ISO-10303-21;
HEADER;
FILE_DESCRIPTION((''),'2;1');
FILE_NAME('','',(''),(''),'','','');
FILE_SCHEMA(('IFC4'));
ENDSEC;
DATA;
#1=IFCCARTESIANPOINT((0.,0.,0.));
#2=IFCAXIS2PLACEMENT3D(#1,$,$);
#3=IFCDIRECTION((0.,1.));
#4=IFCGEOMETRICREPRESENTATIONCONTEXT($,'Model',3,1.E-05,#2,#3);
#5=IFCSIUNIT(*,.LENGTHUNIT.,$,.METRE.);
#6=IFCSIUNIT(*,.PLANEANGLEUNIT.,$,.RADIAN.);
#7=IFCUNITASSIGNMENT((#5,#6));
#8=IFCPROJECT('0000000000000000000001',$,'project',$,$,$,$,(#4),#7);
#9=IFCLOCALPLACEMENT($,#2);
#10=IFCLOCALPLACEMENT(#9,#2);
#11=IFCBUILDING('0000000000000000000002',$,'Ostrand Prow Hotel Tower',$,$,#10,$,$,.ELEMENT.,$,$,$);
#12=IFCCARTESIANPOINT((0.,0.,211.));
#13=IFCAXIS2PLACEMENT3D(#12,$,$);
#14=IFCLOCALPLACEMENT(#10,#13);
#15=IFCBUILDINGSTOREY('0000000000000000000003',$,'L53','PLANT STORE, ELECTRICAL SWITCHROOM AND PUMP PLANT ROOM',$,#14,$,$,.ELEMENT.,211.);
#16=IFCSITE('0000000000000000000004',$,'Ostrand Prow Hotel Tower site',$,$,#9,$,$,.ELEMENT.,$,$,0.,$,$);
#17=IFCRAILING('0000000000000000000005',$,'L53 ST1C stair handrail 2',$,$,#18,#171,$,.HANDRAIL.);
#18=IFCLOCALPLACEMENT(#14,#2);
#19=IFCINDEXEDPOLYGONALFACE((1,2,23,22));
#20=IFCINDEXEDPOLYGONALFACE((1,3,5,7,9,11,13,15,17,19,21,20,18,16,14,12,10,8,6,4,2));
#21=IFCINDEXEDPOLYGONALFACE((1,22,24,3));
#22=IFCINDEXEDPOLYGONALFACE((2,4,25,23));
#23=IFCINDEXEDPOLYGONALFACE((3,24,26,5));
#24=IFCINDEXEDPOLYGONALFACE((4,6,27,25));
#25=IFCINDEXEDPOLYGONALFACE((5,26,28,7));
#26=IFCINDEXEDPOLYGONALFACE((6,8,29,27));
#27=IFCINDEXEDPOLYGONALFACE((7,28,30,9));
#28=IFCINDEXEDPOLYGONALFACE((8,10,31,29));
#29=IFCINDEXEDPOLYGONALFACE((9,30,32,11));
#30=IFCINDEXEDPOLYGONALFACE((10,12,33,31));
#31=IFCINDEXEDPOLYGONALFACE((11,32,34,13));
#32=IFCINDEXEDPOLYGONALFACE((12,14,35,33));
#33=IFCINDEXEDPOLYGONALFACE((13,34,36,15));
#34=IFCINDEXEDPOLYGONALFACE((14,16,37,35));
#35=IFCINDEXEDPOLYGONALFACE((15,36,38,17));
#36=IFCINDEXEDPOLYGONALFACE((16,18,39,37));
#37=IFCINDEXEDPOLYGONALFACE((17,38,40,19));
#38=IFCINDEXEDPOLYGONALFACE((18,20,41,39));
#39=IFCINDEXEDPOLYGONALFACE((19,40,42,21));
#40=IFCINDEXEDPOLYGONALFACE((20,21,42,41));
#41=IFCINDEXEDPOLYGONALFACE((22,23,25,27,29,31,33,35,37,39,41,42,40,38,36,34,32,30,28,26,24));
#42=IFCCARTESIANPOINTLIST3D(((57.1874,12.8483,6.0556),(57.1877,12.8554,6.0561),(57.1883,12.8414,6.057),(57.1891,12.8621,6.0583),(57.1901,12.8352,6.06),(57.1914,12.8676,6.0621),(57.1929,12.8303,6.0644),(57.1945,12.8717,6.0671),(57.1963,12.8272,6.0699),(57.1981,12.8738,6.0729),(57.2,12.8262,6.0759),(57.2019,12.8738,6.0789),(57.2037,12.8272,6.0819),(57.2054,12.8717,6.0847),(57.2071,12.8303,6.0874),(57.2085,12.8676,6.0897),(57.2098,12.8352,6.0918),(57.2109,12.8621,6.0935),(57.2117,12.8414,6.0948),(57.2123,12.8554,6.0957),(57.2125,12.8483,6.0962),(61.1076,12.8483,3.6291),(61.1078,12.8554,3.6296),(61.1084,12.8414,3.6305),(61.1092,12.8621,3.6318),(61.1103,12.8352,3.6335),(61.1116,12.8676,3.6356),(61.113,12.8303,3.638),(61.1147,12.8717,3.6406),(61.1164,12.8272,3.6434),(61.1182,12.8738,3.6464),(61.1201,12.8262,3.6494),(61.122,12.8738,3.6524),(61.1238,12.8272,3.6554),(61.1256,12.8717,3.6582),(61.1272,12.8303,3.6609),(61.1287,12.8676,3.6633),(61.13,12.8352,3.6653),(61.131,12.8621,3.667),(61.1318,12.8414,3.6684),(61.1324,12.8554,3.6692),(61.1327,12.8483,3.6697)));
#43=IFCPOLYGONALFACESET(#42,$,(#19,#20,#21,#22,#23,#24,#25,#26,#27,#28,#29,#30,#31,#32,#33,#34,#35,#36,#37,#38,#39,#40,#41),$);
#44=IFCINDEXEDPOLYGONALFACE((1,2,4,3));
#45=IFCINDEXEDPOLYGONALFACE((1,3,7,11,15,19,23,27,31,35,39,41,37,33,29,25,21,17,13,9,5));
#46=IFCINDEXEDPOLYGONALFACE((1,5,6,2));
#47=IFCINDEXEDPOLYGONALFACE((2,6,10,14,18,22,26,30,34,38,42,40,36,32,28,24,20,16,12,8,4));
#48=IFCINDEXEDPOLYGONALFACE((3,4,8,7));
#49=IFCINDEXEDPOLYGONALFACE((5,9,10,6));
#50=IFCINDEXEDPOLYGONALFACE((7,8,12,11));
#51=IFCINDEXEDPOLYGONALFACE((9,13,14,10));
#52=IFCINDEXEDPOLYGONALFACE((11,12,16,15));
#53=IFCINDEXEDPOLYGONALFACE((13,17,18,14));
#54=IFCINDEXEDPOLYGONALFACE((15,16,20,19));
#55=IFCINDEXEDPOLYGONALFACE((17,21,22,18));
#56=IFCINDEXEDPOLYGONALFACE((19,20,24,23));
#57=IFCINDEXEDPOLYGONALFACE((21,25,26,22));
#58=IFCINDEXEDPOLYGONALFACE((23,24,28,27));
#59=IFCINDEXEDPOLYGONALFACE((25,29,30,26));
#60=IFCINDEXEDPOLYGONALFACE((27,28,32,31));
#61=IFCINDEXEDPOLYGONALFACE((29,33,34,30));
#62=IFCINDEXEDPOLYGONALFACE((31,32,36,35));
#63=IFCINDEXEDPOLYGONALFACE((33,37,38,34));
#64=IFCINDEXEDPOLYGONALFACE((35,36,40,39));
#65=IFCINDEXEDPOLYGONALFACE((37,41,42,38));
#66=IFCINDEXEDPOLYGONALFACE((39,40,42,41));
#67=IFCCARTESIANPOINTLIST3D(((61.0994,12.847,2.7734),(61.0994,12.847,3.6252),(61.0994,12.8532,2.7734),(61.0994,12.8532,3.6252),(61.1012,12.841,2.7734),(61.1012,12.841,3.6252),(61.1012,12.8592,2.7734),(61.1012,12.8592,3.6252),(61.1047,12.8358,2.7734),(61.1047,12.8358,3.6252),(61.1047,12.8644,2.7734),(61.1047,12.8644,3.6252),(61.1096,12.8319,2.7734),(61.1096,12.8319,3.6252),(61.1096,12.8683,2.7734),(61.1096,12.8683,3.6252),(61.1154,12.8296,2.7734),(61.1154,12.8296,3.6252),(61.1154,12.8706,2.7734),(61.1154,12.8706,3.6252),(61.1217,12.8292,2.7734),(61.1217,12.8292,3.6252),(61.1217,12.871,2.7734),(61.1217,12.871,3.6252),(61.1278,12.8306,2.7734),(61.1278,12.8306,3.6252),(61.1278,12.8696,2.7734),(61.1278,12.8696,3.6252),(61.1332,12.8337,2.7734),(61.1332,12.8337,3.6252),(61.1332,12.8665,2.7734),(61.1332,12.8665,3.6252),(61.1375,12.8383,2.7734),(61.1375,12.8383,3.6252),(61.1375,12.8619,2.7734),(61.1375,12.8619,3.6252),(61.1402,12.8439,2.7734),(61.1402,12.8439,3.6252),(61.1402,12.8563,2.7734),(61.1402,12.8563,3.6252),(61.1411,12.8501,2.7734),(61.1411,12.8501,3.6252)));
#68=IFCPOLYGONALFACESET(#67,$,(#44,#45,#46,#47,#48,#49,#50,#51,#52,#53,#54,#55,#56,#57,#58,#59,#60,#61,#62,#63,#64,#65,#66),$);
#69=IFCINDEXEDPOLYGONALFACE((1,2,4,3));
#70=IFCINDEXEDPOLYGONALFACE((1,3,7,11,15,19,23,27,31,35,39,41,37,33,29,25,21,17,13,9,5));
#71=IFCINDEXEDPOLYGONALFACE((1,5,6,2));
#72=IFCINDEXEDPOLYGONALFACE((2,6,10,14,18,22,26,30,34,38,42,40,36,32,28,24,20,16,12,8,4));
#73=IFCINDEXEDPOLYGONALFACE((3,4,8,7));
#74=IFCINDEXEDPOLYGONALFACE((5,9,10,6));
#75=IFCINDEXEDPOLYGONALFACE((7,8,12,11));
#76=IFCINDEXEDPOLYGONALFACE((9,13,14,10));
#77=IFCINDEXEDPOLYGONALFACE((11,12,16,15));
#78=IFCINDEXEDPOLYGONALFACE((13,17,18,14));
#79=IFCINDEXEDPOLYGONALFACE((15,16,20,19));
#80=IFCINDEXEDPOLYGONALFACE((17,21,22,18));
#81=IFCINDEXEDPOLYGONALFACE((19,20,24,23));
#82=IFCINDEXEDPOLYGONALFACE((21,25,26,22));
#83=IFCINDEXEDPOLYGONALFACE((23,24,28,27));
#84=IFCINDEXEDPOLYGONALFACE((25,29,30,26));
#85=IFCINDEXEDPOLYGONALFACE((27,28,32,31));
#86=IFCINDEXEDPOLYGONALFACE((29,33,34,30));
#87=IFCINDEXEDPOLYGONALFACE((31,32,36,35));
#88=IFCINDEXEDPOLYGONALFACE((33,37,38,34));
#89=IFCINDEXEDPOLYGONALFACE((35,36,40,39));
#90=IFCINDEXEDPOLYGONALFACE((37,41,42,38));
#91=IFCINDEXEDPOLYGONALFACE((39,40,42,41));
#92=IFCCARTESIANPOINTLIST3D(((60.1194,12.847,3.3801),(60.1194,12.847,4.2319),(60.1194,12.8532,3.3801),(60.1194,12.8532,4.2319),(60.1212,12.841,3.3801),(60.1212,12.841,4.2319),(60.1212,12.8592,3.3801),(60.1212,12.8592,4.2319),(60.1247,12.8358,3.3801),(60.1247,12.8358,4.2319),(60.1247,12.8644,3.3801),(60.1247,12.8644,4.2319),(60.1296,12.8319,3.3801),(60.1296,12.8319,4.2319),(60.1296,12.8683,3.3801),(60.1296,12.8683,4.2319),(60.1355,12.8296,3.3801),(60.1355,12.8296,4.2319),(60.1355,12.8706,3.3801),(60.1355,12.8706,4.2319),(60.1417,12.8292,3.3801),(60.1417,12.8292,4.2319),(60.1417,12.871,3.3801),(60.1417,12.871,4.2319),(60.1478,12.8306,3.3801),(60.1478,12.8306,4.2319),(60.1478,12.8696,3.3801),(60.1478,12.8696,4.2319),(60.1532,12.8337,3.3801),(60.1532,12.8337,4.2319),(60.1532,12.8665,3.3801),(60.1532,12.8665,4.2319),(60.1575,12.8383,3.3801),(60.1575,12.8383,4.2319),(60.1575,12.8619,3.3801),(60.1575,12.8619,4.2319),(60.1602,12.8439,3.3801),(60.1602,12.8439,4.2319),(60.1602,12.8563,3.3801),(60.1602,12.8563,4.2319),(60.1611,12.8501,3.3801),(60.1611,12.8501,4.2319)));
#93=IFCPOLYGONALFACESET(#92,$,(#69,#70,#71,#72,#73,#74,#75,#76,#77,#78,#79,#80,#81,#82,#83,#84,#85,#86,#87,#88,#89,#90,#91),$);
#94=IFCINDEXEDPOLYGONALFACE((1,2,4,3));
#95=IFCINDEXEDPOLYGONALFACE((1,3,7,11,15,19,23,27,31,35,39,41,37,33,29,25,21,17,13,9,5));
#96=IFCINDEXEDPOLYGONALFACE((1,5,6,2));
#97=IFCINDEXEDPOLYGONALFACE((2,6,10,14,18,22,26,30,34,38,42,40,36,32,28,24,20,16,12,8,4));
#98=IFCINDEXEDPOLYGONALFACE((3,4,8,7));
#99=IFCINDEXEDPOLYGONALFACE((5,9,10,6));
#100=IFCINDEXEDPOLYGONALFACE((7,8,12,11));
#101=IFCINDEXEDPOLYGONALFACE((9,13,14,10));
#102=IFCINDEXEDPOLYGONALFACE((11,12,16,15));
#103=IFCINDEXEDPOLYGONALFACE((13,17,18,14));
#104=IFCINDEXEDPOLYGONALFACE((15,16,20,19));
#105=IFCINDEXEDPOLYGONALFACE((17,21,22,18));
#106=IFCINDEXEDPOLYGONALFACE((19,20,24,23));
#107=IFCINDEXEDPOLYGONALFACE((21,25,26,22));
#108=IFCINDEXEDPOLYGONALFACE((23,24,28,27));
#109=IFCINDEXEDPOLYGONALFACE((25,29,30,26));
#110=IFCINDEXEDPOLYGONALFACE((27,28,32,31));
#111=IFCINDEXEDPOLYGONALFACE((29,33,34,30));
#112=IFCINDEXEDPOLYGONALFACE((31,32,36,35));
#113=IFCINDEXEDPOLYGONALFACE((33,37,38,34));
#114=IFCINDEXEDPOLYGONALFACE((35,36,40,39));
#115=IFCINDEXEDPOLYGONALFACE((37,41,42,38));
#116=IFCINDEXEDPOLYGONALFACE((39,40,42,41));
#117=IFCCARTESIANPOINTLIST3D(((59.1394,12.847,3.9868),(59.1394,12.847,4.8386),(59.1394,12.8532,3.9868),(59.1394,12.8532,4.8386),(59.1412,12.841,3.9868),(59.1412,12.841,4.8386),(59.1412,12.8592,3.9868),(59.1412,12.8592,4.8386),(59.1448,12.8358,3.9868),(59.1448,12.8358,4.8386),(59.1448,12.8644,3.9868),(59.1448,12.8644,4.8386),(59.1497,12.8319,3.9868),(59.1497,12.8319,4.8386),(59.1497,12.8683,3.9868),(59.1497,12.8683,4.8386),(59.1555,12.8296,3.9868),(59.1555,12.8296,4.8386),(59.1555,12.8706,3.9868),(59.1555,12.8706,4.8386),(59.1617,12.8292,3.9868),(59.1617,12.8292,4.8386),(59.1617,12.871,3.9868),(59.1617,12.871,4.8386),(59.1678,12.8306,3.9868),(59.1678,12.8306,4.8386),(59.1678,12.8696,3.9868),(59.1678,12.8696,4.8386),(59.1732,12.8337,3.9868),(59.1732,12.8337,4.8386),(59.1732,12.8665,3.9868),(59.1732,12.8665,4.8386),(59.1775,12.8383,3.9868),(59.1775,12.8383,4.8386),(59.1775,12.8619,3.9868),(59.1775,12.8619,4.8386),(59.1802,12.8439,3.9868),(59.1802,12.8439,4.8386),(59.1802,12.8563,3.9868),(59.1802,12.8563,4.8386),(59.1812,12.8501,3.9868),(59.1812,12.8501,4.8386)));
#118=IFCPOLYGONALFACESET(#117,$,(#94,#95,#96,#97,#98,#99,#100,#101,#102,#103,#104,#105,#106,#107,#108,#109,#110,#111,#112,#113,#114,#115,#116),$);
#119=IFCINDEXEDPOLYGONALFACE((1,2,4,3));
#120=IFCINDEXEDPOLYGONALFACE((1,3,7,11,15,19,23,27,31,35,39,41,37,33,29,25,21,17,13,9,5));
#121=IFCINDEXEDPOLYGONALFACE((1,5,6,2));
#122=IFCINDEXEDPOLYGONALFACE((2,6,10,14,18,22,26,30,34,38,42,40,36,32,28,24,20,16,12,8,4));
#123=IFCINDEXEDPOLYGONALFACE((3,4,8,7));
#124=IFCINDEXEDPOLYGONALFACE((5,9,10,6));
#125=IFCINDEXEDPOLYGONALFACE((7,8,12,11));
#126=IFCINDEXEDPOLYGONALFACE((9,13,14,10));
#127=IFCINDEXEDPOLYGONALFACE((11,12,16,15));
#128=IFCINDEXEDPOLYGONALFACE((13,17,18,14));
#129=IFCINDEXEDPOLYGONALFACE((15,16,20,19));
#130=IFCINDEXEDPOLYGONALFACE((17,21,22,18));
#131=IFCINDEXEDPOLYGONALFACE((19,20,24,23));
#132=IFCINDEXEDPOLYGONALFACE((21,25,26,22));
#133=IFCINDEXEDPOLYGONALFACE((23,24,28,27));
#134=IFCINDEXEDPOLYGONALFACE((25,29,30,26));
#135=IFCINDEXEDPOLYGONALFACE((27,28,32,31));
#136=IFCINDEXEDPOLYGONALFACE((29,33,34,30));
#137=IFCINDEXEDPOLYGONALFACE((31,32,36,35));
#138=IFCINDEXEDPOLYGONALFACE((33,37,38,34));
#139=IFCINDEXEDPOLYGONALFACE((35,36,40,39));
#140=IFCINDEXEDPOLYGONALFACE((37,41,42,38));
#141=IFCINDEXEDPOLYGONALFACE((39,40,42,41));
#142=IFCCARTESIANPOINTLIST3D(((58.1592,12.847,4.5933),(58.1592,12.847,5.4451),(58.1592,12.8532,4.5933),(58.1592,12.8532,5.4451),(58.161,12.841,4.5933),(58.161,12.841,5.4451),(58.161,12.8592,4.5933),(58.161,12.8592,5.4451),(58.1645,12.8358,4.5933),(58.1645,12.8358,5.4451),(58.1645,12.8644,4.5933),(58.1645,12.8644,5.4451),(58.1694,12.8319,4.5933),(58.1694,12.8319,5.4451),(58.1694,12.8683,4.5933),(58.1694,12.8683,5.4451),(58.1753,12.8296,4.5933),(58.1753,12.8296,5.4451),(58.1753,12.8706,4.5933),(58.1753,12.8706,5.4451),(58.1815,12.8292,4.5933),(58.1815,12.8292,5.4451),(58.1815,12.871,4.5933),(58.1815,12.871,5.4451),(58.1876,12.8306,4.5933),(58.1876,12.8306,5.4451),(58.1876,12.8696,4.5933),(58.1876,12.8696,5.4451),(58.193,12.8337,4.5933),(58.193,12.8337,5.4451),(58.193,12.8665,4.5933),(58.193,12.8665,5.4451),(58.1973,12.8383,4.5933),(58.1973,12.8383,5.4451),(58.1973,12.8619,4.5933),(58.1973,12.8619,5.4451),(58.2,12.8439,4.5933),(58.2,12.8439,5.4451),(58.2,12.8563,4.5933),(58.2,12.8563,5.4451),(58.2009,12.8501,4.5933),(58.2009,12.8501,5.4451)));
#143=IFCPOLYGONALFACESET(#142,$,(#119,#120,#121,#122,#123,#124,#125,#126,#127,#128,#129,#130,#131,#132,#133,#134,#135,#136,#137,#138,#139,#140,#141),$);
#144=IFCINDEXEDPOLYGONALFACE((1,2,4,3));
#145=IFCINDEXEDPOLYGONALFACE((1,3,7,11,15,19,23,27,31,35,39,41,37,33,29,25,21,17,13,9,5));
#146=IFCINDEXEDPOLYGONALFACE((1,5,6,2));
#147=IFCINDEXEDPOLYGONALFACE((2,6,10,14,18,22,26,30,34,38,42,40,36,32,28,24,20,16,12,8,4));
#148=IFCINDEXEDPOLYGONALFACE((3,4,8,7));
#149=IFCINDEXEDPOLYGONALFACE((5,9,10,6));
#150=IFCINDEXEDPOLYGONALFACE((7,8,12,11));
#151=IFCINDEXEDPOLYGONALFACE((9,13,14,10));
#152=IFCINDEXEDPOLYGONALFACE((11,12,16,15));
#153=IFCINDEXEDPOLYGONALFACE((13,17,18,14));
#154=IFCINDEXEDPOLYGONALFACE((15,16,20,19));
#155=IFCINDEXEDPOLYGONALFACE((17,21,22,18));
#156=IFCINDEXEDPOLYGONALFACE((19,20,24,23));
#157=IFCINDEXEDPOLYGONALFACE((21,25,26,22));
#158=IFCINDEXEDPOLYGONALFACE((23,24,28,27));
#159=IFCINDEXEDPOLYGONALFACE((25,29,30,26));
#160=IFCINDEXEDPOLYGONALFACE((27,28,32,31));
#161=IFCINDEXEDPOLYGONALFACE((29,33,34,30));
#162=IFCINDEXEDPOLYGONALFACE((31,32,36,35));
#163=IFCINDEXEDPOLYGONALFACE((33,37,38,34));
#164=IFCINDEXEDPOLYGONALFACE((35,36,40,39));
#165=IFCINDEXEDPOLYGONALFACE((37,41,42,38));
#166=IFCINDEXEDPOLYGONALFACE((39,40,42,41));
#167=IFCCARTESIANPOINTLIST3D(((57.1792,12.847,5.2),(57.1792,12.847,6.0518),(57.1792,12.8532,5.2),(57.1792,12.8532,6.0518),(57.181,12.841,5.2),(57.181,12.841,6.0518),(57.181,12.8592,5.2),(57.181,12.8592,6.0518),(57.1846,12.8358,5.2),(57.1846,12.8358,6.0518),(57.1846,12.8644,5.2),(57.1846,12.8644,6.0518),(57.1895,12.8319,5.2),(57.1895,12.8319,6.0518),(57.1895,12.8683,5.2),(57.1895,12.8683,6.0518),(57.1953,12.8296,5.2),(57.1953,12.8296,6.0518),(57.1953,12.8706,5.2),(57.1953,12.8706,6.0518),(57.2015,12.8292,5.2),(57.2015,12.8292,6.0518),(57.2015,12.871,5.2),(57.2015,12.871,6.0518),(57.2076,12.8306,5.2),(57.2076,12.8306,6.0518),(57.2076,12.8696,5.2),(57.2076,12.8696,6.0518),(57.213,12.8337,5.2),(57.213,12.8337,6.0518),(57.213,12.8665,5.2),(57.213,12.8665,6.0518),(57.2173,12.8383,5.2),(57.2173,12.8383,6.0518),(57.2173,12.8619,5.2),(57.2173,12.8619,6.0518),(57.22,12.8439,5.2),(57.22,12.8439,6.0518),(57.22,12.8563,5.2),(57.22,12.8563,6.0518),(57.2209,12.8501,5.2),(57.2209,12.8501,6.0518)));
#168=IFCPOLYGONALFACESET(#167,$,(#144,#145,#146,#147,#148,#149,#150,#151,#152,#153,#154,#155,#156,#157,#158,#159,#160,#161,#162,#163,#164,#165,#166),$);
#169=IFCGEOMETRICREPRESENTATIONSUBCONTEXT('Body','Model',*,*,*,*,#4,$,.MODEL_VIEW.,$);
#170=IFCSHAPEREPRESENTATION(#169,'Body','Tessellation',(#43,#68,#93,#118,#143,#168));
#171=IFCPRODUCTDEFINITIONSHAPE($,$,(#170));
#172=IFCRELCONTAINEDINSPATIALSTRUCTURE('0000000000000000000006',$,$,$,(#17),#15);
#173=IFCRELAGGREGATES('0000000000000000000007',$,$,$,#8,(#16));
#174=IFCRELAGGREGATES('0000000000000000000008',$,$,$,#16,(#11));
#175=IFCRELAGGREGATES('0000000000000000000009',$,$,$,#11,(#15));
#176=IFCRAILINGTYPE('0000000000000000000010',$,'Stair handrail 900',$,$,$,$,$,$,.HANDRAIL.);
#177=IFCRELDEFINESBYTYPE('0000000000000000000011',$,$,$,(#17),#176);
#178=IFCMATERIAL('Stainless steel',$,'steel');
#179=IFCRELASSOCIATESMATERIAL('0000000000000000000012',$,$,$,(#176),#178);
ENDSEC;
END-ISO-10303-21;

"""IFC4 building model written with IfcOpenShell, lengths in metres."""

from ifc_helpers import new_model, si_unit, direction, frame, origin, origin_2d, place, context, subcontext, project, spatial, circle, extrude, material, type_object, element, save


model = new_model("IFC4")

# Units and contexts
model_context = context("Model", 3, precision=1e-05, world=origin(), true_north=direction((0.0, 1.0)))
body_context = subcontext(model_context, "Body", "Model", "MODEL_VIEW")
ifc_project = project(units=[si_unit("LENGTHUNIT", "METRE"), si_unit("PLANEANGLEUNIT", "RADIAN")], contexts=[model_context])

# Site, building, storey
site_placement = place(None, origin())
site = spatial("IfcSite", under=ifc_project, at=site_placement, Name="Ostrand Prow Hotel Tower site", CompositionType="ELEMENT", RefElevation=0.0)
building_placement = place(site_placement, origin())
building = spatial("IfcBuilding", under=site, at=building_placement, Name="Ostrand Prow Hotel Tower", CompositionType="ELEMENT")
storey_placement = place(building_placement, frame((0.0, 0.0, 211.0)))
storey = spatial("IfcBuildingStorey", under=building, at=storey_placement, Name="L53", Description="PLANT STORE, ELECTRICAL SWITCHROOM AND PUMP PLANT ROOM", CompositionType="ELEMENT", Elevation=211.0)

# Railing
ifc_material_1 = material(Name="Stainless steel", Category="steel")
railing_type_1 = type_object("IfcRailingType", Name="Stair handrail 900", PredefinedType="HANDRAIL", material=ifc_material_1)
railing_1_placement = place(storey_placement, frame((61.1201, 12.8501, 2.7734)))
element("IfcRailing", 1, at=railing_1_placement, inside=storey, type_object=railing_type_1, Name="L53 ST1C stair handrail 2", PredefinedType="HANDRAIL", context=body_context, shape_type="SweptSolid", body=[
    extrude(circle(Radius=0.0239, at=origin_2d()), frame((0.0, 0.0, 0.876), z_axis=(-0.85029, 0.0, 0.526315), x_axis=(0.0, -1.0, 0.0)), (0.0, 0.0, 1.0), 4.6104),
    extrude(circle(Radius=0.021, at=origin_2d()), origin(), (0.0, 0.0, 1.0), 0.8518),
    extrude(circle(Radius=0.021, at=origin_2d()), frame((-0.98, 0.0, 0.6067)), (0.0, 0.0, 1.0), 0.8518),
    extrude(circle(Radius=0.021, at=origin_2d()), frame((-1.96, 0.0, 1.2134)), (0.0, 0.0, 1.0), 0.8518),
    extrude(circle(Radius=0.021, at=origin_2d()), frame((-2.9402, 0.0, 1.8198)), (0.0, 0.0, 1.0), 0.8518),
    extrude(circle(Radius=0.021, at=origin_2d()), frame((-3.9202, 0.0, 2.4265)), (0.0, 0.0, 1.0), 0.8518),
])

save(model, "model.ifc")
